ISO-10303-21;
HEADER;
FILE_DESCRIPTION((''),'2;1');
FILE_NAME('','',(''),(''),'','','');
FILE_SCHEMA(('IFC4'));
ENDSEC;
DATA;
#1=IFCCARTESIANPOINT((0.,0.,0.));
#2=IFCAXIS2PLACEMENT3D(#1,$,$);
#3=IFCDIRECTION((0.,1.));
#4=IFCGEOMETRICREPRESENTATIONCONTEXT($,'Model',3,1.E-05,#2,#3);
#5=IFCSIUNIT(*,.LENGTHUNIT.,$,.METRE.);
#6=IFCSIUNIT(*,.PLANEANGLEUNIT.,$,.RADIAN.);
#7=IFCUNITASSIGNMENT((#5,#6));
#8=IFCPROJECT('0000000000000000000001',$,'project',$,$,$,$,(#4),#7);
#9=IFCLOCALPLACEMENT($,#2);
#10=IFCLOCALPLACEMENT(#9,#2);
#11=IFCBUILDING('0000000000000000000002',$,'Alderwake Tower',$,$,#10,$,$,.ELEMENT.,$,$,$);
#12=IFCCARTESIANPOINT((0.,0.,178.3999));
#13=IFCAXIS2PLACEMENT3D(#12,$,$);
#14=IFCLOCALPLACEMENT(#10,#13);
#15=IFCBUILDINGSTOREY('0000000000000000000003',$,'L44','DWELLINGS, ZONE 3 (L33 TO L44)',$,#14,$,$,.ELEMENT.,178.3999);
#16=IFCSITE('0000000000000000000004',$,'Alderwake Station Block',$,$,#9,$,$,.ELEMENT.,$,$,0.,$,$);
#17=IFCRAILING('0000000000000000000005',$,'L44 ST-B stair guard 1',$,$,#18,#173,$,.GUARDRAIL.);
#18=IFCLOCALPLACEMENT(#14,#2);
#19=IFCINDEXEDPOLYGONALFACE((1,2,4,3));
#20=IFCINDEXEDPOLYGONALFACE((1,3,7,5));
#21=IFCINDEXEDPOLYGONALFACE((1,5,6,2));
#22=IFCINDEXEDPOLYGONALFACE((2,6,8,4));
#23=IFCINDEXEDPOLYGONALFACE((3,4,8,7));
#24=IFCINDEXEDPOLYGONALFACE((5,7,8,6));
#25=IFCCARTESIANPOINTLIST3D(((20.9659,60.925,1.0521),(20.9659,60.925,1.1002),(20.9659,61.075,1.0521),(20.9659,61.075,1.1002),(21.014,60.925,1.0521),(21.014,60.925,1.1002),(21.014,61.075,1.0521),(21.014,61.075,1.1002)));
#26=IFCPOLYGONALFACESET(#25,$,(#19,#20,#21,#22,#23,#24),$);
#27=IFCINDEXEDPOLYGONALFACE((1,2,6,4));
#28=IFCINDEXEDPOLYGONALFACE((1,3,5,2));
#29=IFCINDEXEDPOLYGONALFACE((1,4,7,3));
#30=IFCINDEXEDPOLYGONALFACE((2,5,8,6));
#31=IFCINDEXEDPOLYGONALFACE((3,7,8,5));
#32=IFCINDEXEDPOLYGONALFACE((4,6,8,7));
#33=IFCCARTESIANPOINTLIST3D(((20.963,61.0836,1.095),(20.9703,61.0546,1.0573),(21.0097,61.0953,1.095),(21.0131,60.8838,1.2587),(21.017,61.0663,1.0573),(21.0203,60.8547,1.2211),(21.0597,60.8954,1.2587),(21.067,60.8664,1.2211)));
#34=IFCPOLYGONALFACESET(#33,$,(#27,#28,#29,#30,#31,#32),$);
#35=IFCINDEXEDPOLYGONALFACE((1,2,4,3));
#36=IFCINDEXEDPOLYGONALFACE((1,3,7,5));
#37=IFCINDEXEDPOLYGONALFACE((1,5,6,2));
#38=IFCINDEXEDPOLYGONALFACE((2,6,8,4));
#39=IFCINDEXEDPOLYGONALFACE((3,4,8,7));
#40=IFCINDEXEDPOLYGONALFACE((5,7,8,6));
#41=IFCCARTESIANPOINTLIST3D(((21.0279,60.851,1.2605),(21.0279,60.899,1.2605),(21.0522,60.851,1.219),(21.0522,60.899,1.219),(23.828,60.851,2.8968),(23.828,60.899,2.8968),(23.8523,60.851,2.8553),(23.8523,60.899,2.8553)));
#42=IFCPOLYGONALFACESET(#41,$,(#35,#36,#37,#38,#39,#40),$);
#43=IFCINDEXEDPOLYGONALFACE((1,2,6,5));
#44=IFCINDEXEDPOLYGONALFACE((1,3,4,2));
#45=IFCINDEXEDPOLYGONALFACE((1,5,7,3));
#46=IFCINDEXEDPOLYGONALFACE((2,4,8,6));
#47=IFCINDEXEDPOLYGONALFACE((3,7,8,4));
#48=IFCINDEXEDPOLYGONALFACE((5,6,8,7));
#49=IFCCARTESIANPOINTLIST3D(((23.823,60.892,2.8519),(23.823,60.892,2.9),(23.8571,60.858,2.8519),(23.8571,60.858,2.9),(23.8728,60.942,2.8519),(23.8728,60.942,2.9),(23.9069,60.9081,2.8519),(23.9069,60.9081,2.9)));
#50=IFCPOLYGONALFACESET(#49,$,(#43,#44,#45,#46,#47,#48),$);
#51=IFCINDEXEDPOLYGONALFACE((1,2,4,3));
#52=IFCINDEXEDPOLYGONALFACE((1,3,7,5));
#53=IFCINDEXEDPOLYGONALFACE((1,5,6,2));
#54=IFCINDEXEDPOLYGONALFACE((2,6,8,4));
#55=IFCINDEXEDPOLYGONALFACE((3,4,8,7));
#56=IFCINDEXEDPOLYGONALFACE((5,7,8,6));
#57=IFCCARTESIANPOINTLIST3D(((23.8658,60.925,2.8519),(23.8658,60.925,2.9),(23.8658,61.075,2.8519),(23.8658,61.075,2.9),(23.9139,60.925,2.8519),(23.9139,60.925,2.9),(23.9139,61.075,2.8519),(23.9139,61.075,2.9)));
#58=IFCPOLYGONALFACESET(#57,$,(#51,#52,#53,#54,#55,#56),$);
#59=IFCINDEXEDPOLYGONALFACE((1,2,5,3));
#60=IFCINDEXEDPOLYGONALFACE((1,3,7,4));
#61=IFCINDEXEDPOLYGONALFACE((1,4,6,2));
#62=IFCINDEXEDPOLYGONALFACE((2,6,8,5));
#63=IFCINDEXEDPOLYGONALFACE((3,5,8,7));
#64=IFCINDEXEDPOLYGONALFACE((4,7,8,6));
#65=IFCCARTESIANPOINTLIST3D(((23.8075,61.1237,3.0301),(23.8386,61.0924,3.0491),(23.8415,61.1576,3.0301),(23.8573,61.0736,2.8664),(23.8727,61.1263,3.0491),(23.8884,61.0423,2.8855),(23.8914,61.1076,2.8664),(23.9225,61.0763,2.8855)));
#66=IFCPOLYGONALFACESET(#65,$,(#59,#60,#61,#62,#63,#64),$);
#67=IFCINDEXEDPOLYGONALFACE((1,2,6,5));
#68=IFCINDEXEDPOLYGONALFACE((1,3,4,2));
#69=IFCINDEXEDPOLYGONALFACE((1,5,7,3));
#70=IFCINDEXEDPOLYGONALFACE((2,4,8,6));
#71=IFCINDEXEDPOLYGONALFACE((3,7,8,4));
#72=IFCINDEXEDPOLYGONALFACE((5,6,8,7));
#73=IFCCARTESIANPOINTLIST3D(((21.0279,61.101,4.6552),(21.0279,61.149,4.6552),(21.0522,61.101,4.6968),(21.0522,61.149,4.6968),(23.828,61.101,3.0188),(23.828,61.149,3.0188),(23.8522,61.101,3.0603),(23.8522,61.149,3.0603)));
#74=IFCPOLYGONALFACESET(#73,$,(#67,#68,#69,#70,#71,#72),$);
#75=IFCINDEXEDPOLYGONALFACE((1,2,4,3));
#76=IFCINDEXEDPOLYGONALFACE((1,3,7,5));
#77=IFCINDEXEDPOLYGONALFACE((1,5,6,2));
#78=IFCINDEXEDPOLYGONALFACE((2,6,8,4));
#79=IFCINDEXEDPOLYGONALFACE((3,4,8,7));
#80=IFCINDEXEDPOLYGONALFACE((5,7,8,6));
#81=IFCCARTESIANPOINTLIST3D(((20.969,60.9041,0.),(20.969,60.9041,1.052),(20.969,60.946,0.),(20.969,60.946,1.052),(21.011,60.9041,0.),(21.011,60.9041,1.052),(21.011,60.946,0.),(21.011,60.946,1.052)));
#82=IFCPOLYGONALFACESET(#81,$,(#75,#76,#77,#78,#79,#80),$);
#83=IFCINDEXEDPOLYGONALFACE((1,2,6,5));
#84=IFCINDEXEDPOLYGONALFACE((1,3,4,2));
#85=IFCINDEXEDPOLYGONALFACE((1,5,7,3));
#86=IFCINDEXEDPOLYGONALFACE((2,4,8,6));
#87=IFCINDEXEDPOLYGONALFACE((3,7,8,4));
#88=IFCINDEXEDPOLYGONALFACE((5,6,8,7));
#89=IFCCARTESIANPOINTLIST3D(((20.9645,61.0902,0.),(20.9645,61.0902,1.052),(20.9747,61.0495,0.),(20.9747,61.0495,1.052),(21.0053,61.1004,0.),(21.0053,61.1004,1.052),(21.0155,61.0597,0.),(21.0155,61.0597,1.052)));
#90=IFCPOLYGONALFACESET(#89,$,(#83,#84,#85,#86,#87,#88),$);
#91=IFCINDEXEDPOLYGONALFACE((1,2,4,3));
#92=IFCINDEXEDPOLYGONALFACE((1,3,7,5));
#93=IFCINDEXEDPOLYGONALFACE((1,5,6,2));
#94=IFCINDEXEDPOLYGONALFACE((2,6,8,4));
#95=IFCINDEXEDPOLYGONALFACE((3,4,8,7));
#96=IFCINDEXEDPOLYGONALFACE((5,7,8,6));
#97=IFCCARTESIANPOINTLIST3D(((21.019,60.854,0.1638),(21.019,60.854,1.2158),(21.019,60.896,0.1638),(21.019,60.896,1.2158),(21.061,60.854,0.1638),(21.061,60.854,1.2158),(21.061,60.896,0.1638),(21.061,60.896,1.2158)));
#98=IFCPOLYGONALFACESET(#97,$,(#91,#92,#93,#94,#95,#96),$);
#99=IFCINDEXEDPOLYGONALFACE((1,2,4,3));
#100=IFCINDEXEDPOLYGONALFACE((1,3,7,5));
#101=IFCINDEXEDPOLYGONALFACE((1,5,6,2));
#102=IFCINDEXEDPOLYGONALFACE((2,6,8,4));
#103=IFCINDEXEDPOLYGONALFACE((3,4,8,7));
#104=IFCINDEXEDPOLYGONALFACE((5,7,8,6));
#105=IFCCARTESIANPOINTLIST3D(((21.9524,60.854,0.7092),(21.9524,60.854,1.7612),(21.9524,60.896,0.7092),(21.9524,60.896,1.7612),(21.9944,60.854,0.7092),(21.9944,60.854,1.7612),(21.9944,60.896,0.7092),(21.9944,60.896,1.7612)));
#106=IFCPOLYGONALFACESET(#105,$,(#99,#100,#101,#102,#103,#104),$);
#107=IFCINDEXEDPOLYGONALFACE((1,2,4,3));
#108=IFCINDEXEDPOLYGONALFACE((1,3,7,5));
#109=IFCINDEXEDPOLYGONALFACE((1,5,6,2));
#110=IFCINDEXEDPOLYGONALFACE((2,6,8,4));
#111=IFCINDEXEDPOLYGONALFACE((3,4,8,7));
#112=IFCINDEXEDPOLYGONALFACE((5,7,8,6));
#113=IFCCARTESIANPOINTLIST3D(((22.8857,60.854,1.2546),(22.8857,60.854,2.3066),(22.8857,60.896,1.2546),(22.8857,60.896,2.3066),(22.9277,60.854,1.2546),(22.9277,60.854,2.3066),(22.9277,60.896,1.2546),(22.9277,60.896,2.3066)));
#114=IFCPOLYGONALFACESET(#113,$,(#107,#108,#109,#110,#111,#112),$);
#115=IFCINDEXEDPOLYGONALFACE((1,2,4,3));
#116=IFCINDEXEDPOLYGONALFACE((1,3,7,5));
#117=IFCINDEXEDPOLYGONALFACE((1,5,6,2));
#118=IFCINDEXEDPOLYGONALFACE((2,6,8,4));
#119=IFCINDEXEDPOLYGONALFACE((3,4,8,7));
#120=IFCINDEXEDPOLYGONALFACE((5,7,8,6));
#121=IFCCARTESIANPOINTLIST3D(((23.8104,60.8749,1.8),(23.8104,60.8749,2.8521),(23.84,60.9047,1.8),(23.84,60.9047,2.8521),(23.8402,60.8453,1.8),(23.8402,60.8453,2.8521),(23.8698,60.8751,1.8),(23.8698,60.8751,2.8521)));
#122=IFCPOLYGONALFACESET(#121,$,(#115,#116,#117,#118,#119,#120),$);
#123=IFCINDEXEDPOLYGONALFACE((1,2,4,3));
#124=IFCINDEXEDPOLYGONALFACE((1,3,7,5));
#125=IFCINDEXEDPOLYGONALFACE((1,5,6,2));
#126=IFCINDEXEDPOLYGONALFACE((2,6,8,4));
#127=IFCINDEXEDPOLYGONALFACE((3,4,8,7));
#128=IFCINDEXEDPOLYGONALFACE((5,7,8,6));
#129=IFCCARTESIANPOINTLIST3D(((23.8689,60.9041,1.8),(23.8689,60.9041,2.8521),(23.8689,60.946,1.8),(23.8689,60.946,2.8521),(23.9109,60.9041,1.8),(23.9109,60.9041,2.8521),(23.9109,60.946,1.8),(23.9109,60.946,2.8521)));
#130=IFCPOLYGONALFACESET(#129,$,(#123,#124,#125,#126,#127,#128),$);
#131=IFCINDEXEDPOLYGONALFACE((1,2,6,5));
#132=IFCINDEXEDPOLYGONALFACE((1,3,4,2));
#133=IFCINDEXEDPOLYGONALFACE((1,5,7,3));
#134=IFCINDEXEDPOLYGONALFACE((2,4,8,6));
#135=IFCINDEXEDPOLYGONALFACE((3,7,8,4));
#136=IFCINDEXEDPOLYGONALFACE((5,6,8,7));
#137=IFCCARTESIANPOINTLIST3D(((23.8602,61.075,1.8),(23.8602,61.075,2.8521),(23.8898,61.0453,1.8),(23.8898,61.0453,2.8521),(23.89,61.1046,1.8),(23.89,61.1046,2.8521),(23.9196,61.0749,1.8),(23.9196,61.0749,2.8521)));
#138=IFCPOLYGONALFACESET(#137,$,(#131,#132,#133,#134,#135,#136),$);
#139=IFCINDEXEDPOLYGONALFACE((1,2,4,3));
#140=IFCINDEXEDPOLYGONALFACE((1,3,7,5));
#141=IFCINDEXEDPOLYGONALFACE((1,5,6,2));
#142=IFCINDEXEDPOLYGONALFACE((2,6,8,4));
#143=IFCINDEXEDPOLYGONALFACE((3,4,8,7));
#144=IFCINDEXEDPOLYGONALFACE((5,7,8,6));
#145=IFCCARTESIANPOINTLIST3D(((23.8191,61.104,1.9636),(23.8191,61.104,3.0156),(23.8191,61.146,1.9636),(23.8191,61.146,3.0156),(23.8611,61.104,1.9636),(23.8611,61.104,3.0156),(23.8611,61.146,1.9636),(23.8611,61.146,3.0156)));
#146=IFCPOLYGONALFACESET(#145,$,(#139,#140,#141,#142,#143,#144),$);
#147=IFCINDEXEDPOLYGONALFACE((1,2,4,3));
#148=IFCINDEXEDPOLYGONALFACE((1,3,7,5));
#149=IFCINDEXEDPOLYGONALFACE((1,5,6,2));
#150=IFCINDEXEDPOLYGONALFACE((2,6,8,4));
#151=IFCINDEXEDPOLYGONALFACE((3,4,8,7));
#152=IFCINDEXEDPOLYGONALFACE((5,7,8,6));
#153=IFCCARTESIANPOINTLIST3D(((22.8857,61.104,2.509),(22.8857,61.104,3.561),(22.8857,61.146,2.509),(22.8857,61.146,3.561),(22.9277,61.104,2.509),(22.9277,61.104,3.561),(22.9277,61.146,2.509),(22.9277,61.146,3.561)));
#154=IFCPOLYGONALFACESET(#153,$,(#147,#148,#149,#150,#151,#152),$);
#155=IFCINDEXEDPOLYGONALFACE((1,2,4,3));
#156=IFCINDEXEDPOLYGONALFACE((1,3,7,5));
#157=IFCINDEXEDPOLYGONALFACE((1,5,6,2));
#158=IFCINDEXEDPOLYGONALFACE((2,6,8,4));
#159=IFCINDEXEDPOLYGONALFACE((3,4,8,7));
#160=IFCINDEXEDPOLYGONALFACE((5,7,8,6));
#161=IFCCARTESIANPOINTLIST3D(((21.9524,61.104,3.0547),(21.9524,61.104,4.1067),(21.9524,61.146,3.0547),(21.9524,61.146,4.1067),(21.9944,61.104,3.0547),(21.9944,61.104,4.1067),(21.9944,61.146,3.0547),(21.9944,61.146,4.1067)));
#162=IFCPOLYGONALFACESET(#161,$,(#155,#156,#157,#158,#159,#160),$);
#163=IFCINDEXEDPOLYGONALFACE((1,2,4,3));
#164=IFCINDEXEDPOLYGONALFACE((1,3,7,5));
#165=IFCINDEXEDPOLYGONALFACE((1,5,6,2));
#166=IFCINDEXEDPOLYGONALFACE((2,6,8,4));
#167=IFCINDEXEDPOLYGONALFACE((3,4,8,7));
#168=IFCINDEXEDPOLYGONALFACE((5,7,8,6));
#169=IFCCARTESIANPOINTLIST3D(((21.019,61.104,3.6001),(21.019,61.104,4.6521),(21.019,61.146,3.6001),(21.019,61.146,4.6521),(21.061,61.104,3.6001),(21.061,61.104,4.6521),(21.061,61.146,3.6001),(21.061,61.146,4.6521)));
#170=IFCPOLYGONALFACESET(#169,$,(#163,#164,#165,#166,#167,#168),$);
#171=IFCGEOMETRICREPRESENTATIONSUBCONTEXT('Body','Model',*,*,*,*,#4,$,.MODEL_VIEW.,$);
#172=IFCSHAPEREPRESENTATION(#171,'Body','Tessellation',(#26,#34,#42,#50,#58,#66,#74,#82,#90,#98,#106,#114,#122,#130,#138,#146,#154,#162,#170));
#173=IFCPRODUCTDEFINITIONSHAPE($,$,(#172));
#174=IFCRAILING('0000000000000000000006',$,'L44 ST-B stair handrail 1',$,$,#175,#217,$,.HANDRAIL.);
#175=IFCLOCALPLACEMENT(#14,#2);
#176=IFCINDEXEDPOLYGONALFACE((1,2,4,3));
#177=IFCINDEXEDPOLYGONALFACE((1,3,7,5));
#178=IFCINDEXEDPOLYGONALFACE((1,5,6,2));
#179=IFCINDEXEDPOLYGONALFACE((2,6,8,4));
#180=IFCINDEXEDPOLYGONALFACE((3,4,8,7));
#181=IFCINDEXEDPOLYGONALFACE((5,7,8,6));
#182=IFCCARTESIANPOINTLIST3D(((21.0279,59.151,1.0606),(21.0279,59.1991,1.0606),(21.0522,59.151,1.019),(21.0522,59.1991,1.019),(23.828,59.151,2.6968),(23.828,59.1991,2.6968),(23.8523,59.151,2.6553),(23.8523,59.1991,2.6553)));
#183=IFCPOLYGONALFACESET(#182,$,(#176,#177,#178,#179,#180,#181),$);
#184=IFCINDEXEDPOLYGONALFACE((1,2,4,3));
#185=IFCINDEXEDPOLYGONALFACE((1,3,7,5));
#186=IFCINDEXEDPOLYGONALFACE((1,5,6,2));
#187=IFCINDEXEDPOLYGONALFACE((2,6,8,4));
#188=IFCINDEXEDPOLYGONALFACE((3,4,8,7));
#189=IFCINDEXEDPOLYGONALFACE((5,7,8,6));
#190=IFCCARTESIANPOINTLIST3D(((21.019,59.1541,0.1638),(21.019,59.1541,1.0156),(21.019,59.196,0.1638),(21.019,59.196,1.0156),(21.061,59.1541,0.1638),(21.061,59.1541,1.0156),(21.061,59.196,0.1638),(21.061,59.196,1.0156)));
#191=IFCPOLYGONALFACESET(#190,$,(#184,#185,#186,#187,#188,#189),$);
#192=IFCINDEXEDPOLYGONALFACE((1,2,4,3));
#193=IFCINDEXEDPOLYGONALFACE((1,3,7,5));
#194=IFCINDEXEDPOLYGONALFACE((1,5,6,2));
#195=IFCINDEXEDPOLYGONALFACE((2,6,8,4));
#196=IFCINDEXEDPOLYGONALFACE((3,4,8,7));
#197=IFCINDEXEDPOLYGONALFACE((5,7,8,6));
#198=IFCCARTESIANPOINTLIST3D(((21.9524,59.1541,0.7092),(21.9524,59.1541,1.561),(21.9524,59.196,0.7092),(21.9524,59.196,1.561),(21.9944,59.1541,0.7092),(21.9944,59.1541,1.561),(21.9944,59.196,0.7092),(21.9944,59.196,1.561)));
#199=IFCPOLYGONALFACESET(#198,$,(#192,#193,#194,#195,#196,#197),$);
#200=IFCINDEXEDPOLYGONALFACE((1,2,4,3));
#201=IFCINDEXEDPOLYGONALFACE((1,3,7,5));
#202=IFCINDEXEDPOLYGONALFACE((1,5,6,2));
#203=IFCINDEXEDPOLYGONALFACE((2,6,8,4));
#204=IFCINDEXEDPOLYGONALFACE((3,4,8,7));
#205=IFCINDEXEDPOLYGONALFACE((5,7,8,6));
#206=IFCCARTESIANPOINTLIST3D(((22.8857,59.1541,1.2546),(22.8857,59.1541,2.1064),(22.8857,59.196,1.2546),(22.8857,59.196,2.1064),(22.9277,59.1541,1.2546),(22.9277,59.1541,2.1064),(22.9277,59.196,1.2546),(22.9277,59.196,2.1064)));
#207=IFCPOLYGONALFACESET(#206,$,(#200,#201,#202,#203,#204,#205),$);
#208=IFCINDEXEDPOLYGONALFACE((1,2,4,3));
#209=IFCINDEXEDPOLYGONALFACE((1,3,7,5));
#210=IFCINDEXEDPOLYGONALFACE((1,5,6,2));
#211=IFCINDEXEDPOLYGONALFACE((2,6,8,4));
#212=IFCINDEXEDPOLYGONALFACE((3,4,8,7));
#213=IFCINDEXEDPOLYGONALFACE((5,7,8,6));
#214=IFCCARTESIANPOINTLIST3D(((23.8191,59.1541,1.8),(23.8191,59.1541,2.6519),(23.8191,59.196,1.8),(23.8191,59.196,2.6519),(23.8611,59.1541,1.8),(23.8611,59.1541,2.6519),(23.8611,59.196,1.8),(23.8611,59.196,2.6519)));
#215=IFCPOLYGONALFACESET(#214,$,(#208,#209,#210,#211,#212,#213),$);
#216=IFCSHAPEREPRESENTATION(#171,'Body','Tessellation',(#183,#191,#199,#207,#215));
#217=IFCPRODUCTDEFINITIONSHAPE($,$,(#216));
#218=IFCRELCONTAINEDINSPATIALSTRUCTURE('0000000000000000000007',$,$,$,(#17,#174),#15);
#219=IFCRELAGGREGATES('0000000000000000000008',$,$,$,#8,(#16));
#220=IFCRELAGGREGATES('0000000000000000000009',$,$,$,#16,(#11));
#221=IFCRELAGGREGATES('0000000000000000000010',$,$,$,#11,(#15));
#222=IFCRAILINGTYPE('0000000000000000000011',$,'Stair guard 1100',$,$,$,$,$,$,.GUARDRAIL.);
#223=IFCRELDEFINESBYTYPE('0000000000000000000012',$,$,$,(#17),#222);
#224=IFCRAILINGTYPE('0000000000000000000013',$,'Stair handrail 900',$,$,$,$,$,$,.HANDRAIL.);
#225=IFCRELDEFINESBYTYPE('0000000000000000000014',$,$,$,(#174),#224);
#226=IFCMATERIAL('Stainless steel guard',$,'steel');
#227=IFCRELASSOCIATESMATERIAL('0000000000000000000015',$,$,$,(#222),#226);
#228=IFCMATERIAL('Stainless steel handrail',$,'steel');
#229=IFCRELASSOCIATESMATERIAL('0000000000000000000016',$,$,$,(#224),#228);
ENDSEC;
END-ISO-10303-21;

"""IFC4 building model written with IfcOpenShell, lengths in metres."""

from ifc_helpers import new_model, si_unit, direction, frame, origin, origin_with_axes, origin_2d, place, context, subcontext, project, spatial, rectangle, extrude, material, type_object, element, save


model = new_model("IFC4")

# Units and contexts
model_context = context("Model", 3, precision=1e-05, world=origin(), true_north=direction((0.0, 1.0)))
body_context = subcontext(model_context, "Body", "Model", "MODEL_VIEW")
ifc_project = project(units=[si_unit("LENGTHUNIT", "METRE"), si_unit("PLANEANGLEUNIT", "RADIAN")], contexts=[model_context])

# Site, building, storey
site_placement = place(None, origin())
site = spatial("IfcSite", under=ifc_project, at=site_placement, Name="Alderwake Station Block", CompositionType="ELEMENT", RefElevation=0.0)
building_placement = place(site_placement, origin())
building = spatial("IfcBuilding", under=site, at=building_placement, Name="Alderwake Tower", CompositionType="ELEMENT")
storey_placement = place(building_placement, frame((0.0, 0.0, 178.3999)))
storey = spatial("IfcBuildingStorey", under=building, at=storey_placement, Name="L44", Description="DWELLINGS, ZONE 3 (L33 TO L44)", CompositionType="ELEMENT", Elevation=178.3999)

# Railings
ifc_material_1 = material(Name="Stainless steel guard", Category="steel")
railing_type_1 = type_object("IfcRailingType", Name="Stair guard 1100", PredefinedType="GUARDRAIL", material=ifc_material_1)
railing_1_placement = place(storey_placement, frame((20.99, 60.925, 0.0)))
element("IfcRailing", 1, at=railing_1_placement, inside=storey, type_object=railing_type_1, Name="L44 ST-B stair guard 1", PredefinedType="GUARDRAIL", context=body_context, shape_type="SweptSolid", body=[
    extrude(rectangle(XDim=0.0481, YDim=0.0481, at=origin_2d()), frame((0.0, 0.0, 1.0762), z_axis=(0.0, 1.0, 0.0), x_axis=(-1.0, 0.0, 0.0)), (0.0, 0.0, 1.0), 0.1499),
    extrude(rectangle(XDim=0.0481, YDim=0.0481, at=origin_2d()), frame((0.0, 0.1499, 1.0762), z_axis=(0.19009, -0.759432, 0.622197), x_axis=(0.970073, 0.242814, 0.0)), (0.0, 0.0, 1.0), 0.2632),
    extrude(rectangle(XDim=0.0481, YDim=0.0481, at=origin_2d()), frame((0.05, -0.05, 1.2397), z_axis=(0.863394, 0.0, 0.504531), x_axis=(0.0, 1.0, 0.0)), (0.0, 0.0, 1.0), 3.2432),
    extrude(rectangle(XDim=0.0481, YDim=0.0481, at=origin_2d()), frame((2.8501, -0.05, 2.876), z_axis=(0.705376, 0.708834, 0.0), x_axis=(-0.708834, 0.705376, 0.0)), (0.0, 0.0, 1.0), 0.0706),
    extrude(rectangle(XDim=0.0481, YDim=0.0481, at=origin_2d()), frame((2.8999, 0.0, 2.876), z_axis=(0.0, 1.0, 0.0), x_axis=(-1.0, 0.0, 0.0)), (0.0, 0.0, 1.0), 0.1499),
    extrude(rectangle(XDim=0.0481, YDim=0.0481, at=origin_2d()), frame((2.8999, 0.1499, 2.876), z_axis=(-0.279546, 0.280917, 0.918118), x_axis=(-0.708834, -0.705376, 0.0)), (0.0, 0.0, 1.0), 0.1782),
    extrude(rectangle(XDim=0.0481, YDim=0.0481, at=origin_2d()), frame((2.8501, 0.2, 3.0396), z_axis=(-0.863361, 0.0, 0.504587), x_axis=(0.0, -1.0, 0.0)), (0.0, 0.0, 1.0), 3.2432),
    extrude(rectangle(XDim=0.042, YDim=0.042, at=origin_2d()), frame((0.0, 0.0, 0.0), z_axis=(0.0, 0.0, 1.0), x_axis=(0.0, 1.0, 0.0)), (0.0, 0.0, 1.0), 1.052),
    extrude(rectangle(XDim=0.042, YDim=0.042, at=origin_2d()), frame((0.0, 0.1499, 0.0), z_axis=(0.0, 0.0, 1.0), x_axis=(0.242814, -0.970073, 0.0)), (0.0, 0.0, 1.0), 1.052),
    extrude(rectangle(XDim=0.042, YDim=0.042, at=origin_2d()), frame((0.05, -0.05, 0.1638), z_axis=(0.0, 0.0, 1.0), x_axis=(1.0, 0.0, 0.0)), (0.0, 0.0, 1.0), 1.052),
    extrude(rectangle(XDim=0.042, YDim=0.042, at=origin_2d()), frame((0.9834, -0.05, 0.7092), z_axis=(0.0, 0.0, 1.0), x_axis=(1.0, 0.0, 0.0)), (0.0, 0.0, 1.0), 1.052),
    extrude(rectangle(XDim=0.042, YDim=0.042, at=origin_2d()), frame((1.9167, -0.05, 1.2546), z_axis=(0.0, 0.0, 1.0), x_axis=(1.0, 0.0, 0.0)), (0.0, 0.0, 1.0), 1.052),
    extrude(rectangle(XDim=0.042, YDim=0.042, at=origin_2d()), frame((2.8501, -0.05, 1.8), z_axis=(0.0, 0.0, 1.0), x_axis=(0.705376, 0.708834, 0.0)), (0.0, 0.0, 1.0), 1.052),
    extrude(rectangle(XDim=0.042, YDim=0.042, at=origin_2d()), frame((2.8999, 0.0, 1.8), z_axis=(0.0, 0.0, 1.0), x_axis=(0.0, 1.0, 0.0)), (0.0, 0.0, 1.0), 1.052),
    extrude(rectangle(XDim=0.042, YDim=0.042, at=origin_2d()), frame((2.8999, 0.1499, 1.8), z_axis=(0.0, 0.0, 1.0), x_axis=(-0.705376, 0.708834, 0.0)), (0.0, 0.0, 1.0), 1.052),
    extrude(rectangle(XDim=0.042, YDim=0.042, at=origin_2d()), frame((2.8501, 0.2, 1.9636), z_axis=(0.0, 0.0, 1.0), x_axis=(-1.0, 0.0, 0.0)), (0.0, 0.0, 1.0), 1.052),
    extrude(rectangle(XDim=0.042, YDim=0.042, at=origin_2d()), frame((1.9167, 0.2, 2.509), z_axis=(0.0, 0.0, 1.0), x_axis=(-1.0, 0.0, 0.0)), (0.0, 0.0, 1.0), 1.052),
    extrude(rectangle(XDim=0.042, YDim=0.042, at=origin_2d()), frame((0.9834, 0.2, 3.0547), z_axis=(0.0, 0.0, 1.0), x_axis=(-1.0, 0.0, 0.0)), (0.0, 0.0, 1.0), 1.052),
    extrude(rectangle(XDim=0.042, YDim=0.042, at=origin_2d()), frame((0.05, 0.2, 3.6001), z_axis=(0.0, 0.0, 1.0), x_axis=(-1.0, 0.0, 0.0)), (0.0, 0.0, 1.0), 1.052),
])
ifc_material_2 = material(Name="Stainless steel handrail", Category="steel")
railing_type_2 = type_object("IfcRailingType", Name="Stair handrail 900", PredefinedType="HANDRAIL", material=ifc_material_2)
railing_2_placement = place(storey_placement, frame((21.04, 59.175, 0.1638)))
element("IfcRailing", 2, at=railing_2_placement, inside=storey, type_object=railing_type_2, Name="L44 ST-B stair handrail 1", PredefinedType="HANDRAIL", context=body_context, shape_type="SweptSolid", body=[
    extrude(rectangle(XDim=0.0481, YDim=0.0481, at=origin_2d()), frame((0.0, 0.0, 0.876), z_axis=(0.863394, 0.0, 0.504531), x_axis=(0.0, 1.0, 0.0)), (0.0, 0.0, 1.0), 3.2432),
    extrude(rectangle(XDim=0.042, YDim=0.042, at=origin_2d()), origin_with_axes(), (0.0, 0.0, 1.0), 0.8518),
    extrude(rectangle(XDim=0.042, YDim=0.042, at=origin_2d()), frame((0.9333, 0.0, 0.5454), z_axis=(0.0, 0.0, 1.0), x_axis=(1.0, 0.0, 0.0)), (0.0, 0.0, 1.0), 0.8518),
    extrude(rectangle(XDim=0.042, YDim=0.042, at=origin_2d()), frame((1.8667, 0.0, 1.0908), z_axis=(0.0, 0.0, 1.0), x_axis=(1.0, 0.0, 0.0)), (0.0, 0.0, 1.0), 0.8518),
    extrude(rectangle(XDim=0.042, YDim=0.042, at=origin_2d()), frame((2.8, 0.0, 1.6362), z_axis=(0.0, 0.0, 1.0), x_axis=(1.0, 0.0, 0.0)), (0.0, 0.0, 1.0), 0.8518),
])

save(model, "model.ifc")
